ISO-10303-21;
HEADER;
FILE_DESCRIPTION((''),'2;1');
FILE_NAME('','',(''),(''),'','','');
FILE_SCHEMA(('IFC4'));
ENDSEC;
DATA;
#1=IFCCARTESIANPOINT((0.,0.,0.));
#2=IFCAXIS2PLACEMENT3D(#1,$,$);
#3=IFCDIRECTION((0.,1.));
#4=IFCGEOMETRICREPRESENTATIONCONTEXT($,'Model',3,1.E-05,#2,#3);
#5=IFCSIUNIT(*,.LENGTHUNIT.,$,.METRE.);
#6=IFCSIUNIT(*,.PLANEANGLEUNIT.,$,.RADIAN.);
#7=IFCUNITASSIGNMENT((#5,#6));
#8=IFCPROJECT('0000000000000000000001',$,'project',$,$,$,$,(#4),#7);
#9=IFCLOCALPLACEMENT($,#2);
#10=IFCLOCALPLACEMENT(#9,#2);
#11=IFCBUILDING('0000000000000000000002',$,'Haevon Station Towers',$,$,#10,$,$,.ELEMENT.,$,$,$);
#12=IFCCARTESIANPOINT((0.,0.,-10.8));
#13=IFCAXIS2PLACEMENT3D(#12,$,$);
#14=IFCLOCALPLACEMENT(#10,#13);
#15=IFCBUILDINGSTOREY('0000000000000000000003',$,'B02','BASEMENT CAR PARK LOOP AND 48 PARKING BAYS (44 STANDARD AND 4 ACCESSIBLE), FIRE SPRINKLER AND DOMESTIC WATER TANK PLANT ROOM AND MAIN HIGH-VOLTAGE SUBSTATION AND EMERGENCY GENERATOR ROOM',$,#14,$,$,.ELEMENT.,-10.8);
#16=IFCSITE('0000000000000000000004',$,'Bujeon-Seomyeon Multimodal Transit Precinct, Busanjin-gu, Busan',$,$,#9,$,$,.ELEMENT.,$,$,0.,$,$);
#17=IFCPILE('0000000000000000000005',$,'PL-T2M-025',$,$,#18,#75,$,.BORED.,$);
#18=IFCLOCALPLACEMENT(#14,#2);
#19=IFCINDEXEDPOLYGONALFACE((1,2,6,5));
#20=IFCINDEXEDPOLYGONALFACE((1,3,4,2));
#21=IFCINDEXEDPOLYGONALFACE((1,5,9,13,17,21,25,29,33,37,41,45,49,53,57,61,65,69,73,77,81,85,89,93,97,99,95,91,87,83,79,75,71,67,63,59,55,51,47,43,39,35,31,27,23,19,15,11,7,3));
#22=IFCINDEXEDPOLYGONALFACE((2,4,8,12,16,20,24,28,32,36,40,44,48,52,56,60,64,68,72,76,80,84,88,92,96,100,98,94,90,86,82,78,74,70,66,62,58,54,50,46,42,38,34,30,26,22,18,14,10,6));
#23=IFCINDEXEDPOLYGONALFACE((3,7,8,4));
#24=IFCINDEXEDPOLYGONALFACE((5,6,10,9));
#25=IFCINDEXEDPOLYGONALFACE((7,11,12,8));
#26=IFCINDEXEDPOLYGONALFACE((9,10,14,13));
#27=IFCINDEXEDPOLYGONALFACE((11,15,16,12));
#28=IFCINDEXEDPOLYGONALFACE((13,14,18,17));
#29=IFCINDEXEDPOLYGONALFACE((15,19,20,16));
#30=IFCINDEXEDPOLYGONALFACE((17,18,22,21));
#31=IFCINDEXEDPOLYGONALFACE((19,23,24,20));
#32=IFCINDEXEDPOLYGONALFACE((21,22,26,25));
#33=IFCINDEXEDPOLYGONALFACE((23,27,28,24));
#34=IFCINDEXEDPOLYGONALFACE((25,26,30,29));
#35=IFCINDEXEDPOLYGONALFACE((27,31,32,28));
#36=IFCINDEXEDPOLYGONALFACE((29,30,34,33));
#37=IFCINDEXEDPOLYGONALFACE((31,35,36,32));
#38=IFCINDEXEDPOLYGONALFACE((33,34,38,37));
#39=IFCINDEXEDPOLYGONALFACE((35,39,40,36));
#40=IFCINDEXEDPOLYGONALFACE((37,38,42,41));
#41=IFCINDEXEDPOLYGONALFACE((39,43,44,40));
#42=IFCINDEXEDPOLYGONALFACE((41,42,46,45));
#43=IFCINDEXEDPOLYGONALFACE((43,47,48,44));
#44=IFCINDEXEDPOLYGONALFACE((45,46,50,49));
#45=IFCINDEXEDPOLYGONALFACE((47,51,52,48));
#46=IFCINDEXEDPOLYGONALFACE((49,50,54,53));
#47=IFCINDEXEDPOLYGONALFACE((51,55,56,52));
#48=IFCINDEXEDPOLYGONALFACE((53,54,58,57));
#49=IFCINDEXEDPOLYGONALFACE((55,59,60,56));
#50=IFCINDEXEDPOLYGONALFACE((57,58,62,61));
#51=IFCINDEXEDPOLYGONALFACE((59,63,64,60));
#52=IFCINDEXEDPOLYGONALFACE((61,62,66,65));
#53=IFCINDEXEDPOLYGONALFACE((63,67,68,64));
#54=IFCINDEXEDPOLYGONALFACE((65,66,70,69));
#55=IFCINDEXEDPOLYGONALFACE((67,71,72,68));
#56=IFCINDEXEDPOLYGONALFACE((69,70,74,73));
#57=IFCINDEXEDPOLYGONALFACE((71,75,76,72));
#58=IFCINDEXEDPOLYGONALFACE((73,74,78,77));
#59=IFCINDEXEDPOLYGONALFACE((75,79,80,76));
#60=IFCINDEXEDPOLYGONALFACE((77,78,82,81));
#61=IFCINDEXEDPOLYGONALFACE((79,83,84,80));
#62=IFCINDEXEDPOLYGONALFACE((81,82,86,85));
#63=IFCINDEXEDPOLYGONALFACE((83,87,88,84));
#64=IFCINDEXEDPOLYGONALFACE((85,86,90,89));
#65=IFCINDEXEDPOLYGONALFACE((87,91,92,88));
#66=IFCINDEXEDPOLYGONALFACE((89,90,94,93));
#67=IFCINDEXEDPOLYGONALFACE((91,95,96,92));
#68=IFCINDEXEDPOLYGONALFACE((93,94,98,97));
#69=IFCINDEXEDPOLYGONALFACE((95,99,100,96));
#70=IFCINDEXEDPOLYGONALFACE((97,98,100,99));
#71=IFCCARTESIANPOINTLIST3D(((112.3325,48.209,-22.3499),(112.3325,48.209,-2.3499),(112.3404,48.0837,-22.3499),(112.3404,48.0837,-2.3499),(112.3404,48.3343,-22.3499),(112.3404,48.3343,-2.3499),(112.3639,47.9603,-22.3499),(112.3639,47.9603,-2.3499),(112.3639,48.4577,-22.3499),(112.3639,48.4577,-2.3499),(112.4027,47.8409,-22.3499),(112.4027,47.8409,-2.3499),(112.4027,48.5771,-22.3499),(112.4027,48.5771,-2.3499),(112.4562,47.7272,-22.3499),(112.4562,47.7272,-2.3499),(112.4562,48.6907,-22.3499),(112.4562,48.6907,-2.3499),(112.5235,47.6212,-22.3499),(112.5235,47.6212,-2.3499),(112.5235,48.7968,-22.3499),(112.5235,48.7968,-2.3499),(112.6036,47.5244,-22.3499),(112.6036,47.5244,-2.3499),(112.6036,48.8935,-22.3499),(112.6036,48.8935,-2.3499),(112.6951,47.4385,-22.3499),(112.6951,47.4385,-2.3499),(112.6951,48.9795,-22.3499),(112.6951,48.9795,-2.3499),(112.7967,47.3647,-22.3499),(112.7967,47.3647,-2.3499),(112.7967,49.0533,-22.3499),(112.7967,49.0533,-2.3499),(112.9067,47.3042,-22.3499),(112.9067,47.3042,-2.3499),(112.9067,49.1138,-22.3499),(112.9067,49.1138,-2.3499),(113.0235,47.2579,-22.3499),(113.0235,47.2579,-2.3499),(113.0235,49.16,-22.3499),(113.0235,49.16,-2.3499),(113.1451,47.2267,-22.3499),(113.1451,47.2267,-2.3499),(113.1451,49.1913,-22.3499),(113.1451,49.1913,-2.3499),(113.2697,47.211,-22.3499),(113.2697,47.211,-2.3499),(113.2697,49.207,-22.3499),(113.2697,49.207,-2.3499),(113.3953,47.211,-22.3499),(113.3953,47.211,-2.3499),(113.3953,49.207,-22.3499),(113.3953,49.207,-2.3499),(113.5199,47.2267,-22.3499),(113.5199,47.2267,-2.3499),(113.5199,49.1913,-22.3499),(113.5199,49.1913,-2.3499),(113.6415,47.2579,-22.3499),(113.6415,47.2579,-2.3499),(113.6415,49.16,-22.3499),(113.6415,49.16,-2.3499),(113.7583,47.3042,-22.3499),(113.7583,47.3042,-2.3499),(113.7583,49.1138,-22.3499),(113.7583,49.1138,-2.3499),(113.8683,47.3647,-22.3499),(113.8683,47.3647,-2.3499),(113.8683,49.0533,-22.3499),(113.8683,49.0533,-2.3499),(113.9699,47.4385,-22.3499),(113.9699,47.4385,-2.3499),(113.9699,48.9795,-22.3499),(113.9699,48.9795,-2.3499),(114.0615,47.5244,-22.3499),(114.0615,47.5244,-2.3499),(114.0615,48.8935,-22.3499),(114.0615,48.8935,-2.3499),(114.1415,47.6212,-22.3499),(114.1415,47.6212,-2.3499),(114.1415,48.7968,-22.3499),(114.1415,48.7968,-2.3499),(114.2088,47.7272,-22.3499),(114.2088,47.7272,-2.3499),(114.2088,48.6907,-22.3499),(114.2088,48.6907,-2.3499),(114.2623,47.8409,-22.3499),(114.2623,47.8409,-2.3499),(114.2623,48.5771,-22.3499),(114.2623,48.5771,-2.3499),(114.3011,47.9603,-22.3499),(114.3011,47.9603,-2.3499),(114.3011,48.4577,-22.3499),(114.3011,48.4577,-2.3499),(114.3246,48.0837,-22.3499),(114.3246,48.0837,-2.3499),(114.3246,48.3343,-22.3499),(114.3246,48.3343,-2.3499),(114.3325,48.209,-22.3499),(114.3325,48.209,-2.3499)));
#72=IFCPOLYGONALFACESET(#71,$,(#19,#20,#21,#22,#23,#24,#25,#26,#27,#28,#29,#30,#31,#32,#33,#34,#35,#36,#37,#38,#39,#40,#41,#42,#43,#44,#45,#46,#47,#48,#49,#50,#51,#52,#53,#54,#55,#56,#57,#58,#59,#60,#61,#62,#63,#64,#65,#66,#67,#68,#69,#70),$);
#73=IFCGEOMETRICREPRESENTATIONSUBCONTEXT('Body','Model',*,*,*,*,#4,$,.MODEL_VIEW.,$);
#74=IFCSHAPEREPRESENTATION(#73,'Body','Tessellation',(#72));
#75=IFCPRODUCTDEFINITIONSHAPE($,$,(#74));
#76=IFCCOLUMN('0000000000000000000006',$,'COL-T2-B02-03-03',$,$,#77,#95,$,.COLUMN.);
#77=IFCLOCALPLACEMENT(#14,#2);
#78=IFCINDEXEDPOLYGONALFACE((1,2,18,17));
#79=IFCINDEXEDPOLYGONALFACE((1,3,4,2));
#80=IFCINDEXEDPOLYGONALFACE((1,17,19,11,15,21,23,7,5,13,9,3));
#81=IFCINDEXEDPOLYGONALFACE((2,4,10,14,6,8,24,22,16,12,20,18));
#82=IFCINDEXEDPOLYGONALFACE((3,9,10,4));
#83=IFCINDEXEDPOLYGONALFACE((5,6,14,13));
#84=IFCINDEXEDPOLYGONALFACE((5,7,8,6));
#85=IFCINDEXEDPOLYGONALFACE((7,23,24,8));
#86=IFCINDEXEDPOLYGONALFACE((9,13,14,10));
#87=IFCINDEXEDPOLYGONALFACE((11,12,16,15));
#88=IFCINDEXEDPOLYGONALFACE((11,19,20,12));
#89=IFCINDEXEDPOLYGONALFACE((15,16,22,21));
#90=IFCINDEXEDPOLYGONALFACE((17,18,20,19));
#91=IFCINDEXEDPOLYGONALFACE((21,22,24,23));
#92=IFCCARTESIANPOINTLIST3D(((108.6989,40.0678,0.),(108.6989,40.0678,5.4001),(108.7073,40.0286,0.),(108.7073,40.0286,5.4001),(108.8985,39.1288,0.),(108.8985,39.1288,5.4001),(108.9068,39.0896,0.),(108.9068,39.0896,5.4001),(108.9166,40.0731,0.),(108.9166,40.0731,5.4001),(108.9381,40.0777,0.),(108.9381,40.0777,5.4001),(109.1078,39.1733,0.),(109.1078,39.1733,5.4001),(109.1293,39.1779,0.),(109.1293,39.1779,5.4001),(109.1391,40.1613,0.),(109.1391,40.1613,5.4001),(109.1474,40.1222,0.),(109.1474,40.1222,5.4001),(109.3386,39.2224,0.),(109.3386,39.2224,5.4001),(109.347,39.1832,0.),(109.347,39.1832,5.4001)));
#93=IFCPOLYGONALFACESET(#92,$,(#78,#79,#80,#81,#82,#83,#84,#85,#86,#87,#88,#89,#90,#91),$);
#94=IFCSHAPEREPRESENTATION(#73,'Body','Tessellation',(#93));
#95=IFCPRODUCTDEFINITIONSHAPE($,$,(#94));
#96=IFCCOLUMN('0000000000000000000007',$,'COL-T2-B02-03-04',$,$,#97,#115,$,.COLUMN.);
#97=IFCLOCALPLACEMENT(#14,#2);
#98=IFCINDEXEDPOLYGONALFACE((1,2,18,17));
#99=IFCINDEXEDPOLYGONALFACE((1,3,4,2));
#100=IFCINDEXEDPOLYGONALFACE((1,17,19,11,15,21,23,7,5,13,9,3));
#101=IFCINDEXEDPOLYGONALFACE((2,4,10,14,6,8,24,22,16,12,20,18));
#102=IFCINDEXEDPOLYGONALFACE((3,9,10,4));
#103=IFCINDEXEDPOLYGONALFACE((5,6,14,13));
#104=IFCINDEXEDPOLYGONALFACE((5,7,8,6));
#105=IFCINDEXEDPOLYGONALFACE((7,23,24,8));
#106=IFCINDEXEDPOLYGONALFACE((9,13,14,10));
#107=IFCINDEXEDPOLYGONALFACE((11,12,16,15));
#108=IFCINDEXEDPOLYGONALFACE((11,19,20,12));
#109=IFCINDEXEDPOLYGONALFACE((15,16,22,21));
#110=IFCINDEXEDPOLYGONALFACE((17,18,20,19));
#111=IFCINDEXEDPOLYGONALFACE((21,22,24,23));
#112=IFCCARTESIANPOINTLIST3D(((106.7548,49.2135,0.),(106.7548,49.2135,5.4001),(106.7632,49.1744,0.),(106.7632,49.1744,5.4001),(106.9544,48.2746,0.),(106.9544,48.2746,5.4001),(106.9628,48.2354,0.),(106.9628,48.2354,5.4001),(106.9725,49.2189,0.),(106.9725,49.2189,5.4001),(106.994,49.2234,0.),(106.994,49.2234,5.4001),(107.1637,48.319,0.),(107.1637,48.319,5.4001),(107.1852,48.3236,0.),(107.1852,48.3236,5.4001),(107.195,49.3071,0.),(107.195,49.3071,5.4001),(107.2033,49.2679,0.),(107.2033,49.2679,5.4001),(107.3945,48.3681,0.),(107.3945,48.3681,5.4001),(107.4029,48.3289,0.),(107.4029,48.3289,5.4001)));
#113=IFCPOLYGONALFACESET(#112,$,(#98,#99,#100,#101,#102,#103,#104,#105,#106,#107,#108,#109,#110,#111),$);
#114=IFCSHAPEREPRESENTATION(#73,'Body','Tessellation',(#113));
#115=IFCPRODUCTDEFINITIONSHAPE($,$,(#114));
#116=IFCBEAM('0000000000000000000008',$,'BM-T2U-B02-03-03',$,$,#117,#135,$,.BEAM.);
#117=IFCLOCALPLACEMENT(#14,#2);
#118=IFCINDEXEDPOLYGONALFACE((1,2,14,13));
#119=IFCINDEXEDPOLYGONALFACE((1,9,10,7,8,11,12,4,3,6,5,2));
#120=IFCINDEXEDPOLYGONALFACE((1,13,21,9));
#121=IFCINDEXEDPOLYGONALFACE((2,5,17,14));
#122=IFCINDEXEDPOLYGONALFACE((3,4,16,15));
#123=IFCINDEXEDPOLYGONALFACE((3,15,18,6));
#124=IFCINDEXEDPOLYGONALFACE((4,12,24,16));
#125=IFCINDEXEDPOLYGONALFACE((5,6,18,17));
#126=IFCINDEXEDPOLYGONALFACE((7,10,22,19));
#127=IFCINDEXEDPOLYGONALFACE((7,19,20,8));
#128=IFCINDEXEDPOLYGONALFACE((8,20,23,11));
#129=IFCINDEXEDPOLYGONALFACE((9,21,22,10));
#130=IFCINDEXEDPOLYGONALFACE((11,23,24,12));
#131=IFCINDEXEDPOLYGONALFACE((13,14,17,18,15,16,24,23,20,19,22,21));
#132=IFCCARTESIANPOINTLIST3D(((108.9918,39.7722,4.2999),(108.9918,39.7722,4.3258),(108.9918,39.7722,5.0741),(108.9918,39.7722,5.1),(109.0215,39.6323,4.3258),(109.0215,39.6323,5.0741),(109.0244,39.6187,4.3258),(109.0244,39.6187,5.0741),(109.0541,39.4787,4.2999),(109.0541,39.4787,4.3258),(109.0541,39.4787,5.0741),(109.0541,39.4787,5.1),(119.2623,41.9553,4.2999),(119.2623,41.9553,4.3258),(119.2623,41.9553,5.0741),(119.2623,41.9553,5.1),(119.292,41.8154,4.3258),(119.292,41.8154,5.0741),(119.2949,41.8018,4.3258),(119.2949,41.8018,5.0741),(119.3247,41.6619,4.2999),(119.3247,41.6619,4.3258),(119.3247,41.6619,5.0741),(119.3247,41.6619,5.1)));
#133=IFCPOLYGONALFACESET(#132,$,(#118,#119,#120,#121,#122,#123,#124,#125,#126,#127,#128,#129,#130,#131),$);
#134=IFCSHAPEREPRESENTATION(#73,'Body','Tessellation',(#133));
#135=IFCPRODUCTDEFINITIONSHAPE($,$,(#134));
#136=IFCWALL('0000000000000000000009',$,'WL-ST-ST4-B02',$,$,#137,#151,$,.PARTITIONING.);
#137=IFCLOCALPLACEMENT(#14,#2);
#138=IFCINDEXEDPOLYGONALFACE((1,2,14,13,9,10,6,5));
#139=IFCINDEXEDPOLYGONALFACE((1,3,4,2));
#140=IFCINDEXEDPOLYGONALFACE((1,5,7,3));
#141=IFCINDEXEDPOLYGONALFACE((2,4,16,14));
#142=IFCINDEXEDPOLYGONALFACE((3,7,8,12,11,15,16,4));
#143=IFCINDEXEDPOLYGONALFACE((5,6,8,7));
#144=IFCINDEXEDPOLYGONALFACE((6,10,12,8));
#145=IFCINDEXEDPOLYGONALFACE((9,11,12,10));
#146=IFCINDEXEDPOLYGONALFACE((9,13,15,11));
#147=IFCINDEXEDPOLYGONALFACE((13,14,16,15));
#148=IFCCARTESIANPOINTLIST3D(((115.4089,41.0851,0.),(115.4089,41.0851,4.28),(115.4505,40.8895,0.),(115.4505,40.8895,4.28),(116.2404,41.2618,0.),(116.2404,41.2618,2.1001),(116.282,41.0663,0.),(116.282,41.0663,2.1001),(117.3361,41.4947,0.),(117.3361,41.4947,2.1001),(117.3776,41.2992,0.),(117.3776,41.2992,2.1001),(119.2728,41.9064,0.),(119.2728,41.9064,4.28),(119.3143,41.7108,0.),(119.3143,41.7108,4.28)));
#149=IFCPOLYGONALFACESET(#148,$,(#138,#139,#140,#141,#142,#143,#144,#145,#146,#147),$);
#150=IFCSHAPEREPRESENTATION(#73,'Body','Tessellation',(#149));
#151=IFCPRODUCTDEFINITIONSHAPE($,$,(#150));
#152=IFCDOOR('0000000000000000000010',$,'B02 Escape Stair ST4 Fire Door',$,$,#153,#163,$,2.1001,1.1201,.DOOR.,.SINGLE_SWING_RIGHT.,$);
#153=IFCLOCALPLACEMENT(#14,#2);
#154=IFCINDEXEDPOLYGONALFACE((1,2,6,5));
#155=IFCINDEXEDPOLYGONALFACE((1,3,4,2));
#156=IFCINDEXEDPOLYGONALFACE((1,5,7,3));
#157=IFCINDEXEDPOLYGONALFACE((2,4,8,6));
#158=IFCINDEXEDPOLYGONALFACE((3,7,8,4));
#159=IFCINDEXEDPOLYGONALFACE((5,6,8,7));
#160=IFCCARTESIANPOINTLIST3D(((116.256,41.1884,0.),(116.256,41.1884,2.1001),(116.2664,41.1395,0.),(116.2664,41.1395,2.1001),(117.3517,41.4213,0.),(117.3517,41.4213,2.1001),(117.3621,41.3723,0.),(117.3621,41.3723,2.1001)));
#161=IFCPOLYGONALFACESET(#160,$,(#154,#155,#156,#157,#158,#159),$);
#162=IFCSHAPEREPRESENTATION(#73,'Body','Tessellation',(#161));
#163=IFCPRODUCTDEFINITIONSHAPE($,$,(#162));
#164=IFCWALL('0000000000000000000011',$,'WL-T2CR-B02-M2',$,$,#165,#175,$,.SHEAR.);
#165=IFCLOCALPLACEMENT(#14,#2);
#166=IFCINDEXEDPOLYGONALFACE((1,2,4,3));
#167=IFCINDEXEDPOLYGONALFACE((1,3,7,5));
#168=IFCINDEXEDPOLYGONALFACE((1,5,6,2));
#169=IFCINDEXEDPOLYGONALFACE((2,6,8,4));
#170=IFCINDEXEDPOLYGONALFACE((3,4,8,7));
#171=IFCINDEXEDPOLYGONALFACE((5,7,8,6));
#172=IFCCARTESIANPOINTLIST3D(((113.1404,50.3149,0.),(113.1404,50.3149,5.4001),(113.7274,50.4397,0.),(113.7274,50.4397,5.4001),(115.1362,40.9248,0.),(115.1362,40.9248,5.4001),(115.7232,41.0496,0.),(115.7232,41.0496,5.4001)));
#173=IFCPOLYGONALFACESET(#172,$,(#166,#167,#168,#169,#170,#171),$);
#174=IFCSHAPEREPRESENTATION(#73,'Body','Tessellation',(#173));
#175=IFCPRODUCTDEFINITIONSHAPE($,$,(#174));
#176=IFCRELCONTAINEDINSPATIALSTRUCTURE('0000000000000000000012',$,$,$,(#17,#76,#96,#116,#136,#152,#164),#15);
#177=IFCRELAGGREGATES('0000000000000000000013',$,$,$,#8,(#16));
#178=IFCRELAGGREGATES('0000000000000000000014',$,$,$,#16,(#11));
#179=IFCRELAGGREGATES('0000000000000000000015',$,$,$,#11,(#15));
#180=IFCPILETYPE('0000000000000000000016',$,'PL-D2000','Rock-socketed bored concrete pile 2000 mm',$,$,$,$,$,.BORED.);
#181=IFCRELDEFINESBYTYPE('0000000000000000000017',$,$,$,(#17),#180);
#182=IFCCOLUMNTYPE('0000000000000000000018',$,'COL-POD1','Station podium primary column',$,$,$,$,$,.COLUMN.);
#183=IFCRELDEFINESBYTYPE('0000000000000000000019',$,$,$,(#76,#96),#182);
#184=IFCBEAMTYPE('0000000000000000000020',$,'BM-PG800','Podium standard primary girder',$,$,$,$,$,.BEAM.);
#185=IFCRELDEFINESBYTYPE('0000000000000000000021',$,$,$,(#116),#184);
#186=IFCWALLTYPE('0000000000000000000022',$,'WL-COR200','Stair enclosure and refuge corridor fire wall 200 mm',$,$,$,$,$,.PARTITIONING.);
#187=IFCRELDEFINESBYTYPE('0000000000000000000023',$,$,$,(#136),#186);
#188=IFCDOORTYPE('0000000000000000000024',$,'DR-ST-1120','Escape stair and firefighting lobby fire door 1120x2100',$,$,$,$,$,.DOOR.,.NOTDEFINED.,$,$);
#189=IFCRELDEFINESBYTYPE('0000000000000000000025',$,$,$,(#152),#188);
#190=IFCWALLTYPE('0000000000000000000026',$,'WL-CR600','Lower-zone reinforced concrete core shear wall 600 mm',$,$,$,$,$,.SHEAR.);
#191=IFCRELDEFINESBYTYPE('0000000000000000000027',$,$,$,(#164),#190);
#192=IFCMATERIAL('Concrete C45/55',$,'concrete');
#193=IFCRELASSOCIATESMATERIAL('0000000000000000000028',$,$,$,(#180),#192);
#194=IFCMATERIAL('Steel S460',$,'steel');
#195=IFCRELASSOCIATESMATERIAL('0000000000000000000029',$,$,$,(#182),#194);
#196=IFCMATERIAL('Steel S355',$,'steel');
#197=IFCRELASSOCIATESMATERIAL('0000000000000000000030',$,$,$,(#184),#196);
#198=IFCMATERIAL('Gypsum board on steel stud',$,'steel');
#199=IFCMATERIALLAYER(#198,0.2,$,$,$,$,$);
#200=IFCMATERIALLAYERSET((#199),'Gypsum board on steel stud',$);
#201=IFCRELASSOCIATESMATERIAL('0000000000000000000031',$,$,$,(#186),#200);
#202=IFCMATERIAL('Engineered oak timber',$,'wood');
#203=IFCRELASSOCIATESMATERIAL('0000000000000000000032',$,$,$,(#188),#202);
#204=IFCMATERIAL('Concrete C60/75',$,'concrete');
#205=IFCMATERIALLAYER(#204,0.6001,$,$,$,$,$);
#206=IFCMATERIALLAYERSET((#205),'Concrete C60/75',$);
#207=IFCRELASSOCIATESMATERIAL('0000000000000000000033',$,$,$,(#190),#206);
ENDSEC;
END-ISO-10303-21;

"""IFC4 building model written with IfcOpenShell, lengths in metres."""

from ifc_helpers import new_model, si_unit, direction, frame, frame_2d, origin, origin_2d, place, context, subcontext, project, spatial, rectangle, circle, i_section, extrude, material, layer, layer_set, material_profile, profile_set, type_object, element, fill, save


model = new_model("IFC4")

# Units and contexts
model_context = context("Model", 3, precision=1e-05, world=origin(), true_north=direction((0.0, 1.0)))
body_context = subcontext(model_context, "Body", "Model", "MODEL_VIEW")
ifc_project = project(units=[si_unit("LENGTHUNIT", "METRE"), si_unit("PLANEANGLEUNIT", "RADIAN")], contexts=[model_context])

# Site, building, storey
site_placement = place(None, origin())
site = spatial("IfcSite", under=ifc_project, at=site_placement, Name="Bujeon-Seomyeon Multimodal Transit Precinct, Busanjin-gu, Busan", CompositionType="ELEMENT", RefElevation=0.0)
building_placement = place(site_placement, origin())
building = spatial("IfcBuilding", under=site, at=building_placement, Name="Haevon Station Towers", CompositionType="ELEMENT")
storey_placement = place(building_placement, frame((0.0, 0.0, -10.8)))
storey = spatial("IfcBuildingStorey", under=building, at=storey_placement, Name="B02", Description="BASEMENT CAR PARK LOOP AND 48 PARKING BAYS (44 STANDARD AND 4 ACCESSIBLE), FIRE SPRINKLER AND DOMESTIC WATER TANK PLANT ROOM AND MAIN HIGH-VOLTAGE SUBSTATION AND EMERGENCY GENERATOR ROOM", CompositionType="ELEMENT", Elevation=-10.8)

# Pile
ifc_material_1 = material(Name="Concrete C45/55", Category="concrete")
ifc_material_profile_1 = material_profile(ifc_material_1, circle(Radius=1.0, at=origin_2d()), Name="PILE-D2000")
ifc_profile_set_1 = profile_set([ifc_material_profile_1], Name="Concrete C45/55")
pile_type = type_object("IfcPileType", Name="PL-D2000", Description="Rock-socketed bored concrete pile 2000 mm", PredefinedType="BORED", material=ifc_profile_set_1)
for number, where, z_axis, x_axis, name in (
    (1, (113.3325, 48.209, -2.3499), (0.0, 0.0, -1.0), (1.0, 0.0, 0.0), "PL-T2M-025"),
):
    element("IfcPile", number, at=place(storey_placement, frame(where, z_axis=z_axis, x_axis=x_axis)), inside=storey, type_object=pile_type, Name=name, PredefinedType="BORED", context=body_context, shape_type="SweptSolid", body=[
        extrude(circle(Radius=1.0, at=origin_2d()), origin(), (0.0, 0.0, 1.0), 20.0),
    ])

# Columns
ifc_material_2 = material(Name="Steel S460", Category="steel")
ifc_material_profile_2 = material_profile(ifc_material_2, i_section(OverallWidth=0.45, OverallDepth=1.0, WebThickness=0.022, FlangeThickness=0.04, at=origin_2d()), Name="H-1000x450x22x40")
ifc_profile_set_2 = profile_set([ifc_material_profile_2], Name="Steel S460")
column_type = type_object("IfcColumnType", Name="COL-POD1", Description="Station podium primary column", PredefinedType="COLUMN", material=ifc_profile_set_2)
for number, where, z_axis, x_axis, name in (
    (2, (109.0229, 39.6255, 0.0), (0.0, 0.0, 1.0), (0.978148, 0.207912, 0.0), "COL-T2-B02-03-03"),
    (3, (107.0789, 48.7712, 0.0), (0.0, 0.0, 1.0), (0.978148, 0.207912, 0.0), "COL-T2-B02-03-04"),
):
    element("IfcColumn", number, at=place(storey_placement, frame(where, z_axis=z_axis, x_axis=x_axis)), inside=storey, type_object=column_type, Name=name, PredefinedType="COLUMN", context=body_context, shape_type="SweptSolid", body=[
        extrude(i_section(OverallWidth=0.45, OverallDepth=1.0, WebThickness=0.022, FlangeThickness=0.04, at=origin_2d()), origin(), (0.0, 0.0, 1.0), 5.4001),
    ])

# Beam
ifc_material_3 = material(Name="Steel S355", Category="steel")
ifc_material_profile_3 = material_profile(ifc_material_3, i_section(OverallWidth=0.3, OverallDepth=0.8, WebThickness=0.0139, FlangeThickness=0.0259, at=origin_2d()), Name="H-800x300x14x26")
ifc_profile_set_3 = profile_set([ifc_material_profile_3], Name="Steel S355")
beam_type = type_object("IfcBeamType", Name="BM-PG800", Description="Podium standard primary girder", PredefinedType="BEAM", material=ifc_profile_set_3)
beam_placement = place(storey_placement, frame((109.0229, 39.6255, 4.7), z_axis=(0.978147, 0.207915, 0.0), x_axis=(-0.207915, 0.978147, 0.0)))
element("IfcBeam", 4, at=beam_placement, inside=storey, type_object=beam_type, Name="BM-T2U-B02-03-03", PredefinedType="BEAM", context=body_context, shape_type="SweptSolid", body=[
    extrude(i_section(OverallWidth=0.3, OverallDepth=0.8, WebThickness=0.0139, FlangeThickness=0.0259, at=origin_2d()), origin(), (0.0, 0.0, 1.0), 10.5),
])

# Wall, opening, door
ifc_material_4 = material(Name="Gypsum board on steel stud", Category="steel")
ifc_layer_1 = layer(ifc_material_4, 0.2)
ifc_layer_set_1 = layer_set([ifc_layer_1], Name="Gypsum board on steel stud")
wall_type_1 = type_object("IfcWallType", Name="WL-COR200", Description="Stair enclosure and refuge corridor fire wall 200 mm", PredefinedType="PARTITIONING", material=ifc_layer_set_1)
wall_1_placement = place(storey_placement, frame((115.4297, 40.9873, 0.0), z_axis=(0.0, 0.0, 1.0), x_axis=(0.978147, 0.207916, 0.0)))
wall_1 = element("IfcWall", 5, at=wall_1_placement, inside=storey, type_object=wall_type_1, Name="WL-ST-ST4-B02", PredefinedType="PARTITIONING", context=body_context, shape_type="SweptSolid", body=[
    extrude(rectangle(XDim=3.9502, YDim=0.2, at=frame_2d((1.9751, 0.0))), origin(), (0.0, 0.0, 1.0), 4.28),
])
opening_1_placement = place(wall_1_placement, frame((0.8501, 0.0, 0.0)))
opening_1 = element("IfcOpeningElement", 6, at=opening_1_placement, cuts=wall_1, PredefinedType="OPENING", context=body_context, shape_type="SweptSolid", body=[
    extrude(rectangle(XDim=1.1201, YDim=2.1001, at=frame_2d((0.5601, 1.05))), frame((0.0, 0.1099, 0.0), z_axis=(0.0, -1.0, 0.0), x_axis=(1.0, 0.0, 0.0)), (0.0, 0.0, 1.0), 0.22),
])
ifc_material_5 = material(Name="Engineered oak timber", Category="wood")
door_type_1 = type_object("IfcDoorType", Name="DR-ST-1120", Description="Escape stair and firefighting lobby fire door 1120x2100", OperationType="NOTDEFINED", PredefinedType="DOOR", material=ifc_material_5)
door_1_placement = place(opening_1_placement, origin())
door_1 = element("IfcDoor", 7, at=door_1_placement, inside=storey, type_object=door_type_1, Name="B02 Escape Stair ST4 Fire Door", OperationType="SINGLE_SWING_RIGHT", OverallHeight=2.1001, OverallWidth=1.1201, PredefinedType="DOOR", context=body_context, shape_type="SweptSolid", body=[
    extrude(rectangle(XDim=1.1201, YDim=2.1001, at=frame_2d((0.5601, 1.05))), frame((0.0, 0.0249, 0.0), z_axis=(0.0, -1.0, 0.0), x_axis=(1.0, 0.0, 0.0)), (0.0, 0.0, 1.0), 0.05),
])
fill(opening_1, door_1)

# Wall
ifc_material_6 = material(Name="Concrete C60/75", Category="concrete")
ifc_layer_2 = layer(ifc_material_6, 0.6001)
ifc_layer_set_2 = layer_set([ifc_layer_2], Name="Concrete C60/75")
wall_type_2 = type_object("IfcWallType", Name="WL-CR600", Description="Lower-zone reinforced concrete core shear wall 600 mm", PredefinedType="SHEAR", material=ifc_layer_set_2)
wall_2_placement = place(storey_placement, frame((115.4297, 40.9873, 0.0), z_axis=(0.0, 0.0, 1.0), x_axis=(-0.207903, 0.978149, 0.0)))
element("IfcWall", 8, at=wall_2_placement, inside=storey, type_object=wall_type_2, Name="WL-T2CR-B02-M2", PredefinedType="SHEAR", context=body_context, shape_type="SweptSolid", body=[
    extrude(rectangle(XDim=9.5999, YDim=0.6001, at=frame_2d((4.7998, 0.0))), origin(), (0.0, 0.0, 1.0), 5.4001),
])

save(model, "model.ifc")
